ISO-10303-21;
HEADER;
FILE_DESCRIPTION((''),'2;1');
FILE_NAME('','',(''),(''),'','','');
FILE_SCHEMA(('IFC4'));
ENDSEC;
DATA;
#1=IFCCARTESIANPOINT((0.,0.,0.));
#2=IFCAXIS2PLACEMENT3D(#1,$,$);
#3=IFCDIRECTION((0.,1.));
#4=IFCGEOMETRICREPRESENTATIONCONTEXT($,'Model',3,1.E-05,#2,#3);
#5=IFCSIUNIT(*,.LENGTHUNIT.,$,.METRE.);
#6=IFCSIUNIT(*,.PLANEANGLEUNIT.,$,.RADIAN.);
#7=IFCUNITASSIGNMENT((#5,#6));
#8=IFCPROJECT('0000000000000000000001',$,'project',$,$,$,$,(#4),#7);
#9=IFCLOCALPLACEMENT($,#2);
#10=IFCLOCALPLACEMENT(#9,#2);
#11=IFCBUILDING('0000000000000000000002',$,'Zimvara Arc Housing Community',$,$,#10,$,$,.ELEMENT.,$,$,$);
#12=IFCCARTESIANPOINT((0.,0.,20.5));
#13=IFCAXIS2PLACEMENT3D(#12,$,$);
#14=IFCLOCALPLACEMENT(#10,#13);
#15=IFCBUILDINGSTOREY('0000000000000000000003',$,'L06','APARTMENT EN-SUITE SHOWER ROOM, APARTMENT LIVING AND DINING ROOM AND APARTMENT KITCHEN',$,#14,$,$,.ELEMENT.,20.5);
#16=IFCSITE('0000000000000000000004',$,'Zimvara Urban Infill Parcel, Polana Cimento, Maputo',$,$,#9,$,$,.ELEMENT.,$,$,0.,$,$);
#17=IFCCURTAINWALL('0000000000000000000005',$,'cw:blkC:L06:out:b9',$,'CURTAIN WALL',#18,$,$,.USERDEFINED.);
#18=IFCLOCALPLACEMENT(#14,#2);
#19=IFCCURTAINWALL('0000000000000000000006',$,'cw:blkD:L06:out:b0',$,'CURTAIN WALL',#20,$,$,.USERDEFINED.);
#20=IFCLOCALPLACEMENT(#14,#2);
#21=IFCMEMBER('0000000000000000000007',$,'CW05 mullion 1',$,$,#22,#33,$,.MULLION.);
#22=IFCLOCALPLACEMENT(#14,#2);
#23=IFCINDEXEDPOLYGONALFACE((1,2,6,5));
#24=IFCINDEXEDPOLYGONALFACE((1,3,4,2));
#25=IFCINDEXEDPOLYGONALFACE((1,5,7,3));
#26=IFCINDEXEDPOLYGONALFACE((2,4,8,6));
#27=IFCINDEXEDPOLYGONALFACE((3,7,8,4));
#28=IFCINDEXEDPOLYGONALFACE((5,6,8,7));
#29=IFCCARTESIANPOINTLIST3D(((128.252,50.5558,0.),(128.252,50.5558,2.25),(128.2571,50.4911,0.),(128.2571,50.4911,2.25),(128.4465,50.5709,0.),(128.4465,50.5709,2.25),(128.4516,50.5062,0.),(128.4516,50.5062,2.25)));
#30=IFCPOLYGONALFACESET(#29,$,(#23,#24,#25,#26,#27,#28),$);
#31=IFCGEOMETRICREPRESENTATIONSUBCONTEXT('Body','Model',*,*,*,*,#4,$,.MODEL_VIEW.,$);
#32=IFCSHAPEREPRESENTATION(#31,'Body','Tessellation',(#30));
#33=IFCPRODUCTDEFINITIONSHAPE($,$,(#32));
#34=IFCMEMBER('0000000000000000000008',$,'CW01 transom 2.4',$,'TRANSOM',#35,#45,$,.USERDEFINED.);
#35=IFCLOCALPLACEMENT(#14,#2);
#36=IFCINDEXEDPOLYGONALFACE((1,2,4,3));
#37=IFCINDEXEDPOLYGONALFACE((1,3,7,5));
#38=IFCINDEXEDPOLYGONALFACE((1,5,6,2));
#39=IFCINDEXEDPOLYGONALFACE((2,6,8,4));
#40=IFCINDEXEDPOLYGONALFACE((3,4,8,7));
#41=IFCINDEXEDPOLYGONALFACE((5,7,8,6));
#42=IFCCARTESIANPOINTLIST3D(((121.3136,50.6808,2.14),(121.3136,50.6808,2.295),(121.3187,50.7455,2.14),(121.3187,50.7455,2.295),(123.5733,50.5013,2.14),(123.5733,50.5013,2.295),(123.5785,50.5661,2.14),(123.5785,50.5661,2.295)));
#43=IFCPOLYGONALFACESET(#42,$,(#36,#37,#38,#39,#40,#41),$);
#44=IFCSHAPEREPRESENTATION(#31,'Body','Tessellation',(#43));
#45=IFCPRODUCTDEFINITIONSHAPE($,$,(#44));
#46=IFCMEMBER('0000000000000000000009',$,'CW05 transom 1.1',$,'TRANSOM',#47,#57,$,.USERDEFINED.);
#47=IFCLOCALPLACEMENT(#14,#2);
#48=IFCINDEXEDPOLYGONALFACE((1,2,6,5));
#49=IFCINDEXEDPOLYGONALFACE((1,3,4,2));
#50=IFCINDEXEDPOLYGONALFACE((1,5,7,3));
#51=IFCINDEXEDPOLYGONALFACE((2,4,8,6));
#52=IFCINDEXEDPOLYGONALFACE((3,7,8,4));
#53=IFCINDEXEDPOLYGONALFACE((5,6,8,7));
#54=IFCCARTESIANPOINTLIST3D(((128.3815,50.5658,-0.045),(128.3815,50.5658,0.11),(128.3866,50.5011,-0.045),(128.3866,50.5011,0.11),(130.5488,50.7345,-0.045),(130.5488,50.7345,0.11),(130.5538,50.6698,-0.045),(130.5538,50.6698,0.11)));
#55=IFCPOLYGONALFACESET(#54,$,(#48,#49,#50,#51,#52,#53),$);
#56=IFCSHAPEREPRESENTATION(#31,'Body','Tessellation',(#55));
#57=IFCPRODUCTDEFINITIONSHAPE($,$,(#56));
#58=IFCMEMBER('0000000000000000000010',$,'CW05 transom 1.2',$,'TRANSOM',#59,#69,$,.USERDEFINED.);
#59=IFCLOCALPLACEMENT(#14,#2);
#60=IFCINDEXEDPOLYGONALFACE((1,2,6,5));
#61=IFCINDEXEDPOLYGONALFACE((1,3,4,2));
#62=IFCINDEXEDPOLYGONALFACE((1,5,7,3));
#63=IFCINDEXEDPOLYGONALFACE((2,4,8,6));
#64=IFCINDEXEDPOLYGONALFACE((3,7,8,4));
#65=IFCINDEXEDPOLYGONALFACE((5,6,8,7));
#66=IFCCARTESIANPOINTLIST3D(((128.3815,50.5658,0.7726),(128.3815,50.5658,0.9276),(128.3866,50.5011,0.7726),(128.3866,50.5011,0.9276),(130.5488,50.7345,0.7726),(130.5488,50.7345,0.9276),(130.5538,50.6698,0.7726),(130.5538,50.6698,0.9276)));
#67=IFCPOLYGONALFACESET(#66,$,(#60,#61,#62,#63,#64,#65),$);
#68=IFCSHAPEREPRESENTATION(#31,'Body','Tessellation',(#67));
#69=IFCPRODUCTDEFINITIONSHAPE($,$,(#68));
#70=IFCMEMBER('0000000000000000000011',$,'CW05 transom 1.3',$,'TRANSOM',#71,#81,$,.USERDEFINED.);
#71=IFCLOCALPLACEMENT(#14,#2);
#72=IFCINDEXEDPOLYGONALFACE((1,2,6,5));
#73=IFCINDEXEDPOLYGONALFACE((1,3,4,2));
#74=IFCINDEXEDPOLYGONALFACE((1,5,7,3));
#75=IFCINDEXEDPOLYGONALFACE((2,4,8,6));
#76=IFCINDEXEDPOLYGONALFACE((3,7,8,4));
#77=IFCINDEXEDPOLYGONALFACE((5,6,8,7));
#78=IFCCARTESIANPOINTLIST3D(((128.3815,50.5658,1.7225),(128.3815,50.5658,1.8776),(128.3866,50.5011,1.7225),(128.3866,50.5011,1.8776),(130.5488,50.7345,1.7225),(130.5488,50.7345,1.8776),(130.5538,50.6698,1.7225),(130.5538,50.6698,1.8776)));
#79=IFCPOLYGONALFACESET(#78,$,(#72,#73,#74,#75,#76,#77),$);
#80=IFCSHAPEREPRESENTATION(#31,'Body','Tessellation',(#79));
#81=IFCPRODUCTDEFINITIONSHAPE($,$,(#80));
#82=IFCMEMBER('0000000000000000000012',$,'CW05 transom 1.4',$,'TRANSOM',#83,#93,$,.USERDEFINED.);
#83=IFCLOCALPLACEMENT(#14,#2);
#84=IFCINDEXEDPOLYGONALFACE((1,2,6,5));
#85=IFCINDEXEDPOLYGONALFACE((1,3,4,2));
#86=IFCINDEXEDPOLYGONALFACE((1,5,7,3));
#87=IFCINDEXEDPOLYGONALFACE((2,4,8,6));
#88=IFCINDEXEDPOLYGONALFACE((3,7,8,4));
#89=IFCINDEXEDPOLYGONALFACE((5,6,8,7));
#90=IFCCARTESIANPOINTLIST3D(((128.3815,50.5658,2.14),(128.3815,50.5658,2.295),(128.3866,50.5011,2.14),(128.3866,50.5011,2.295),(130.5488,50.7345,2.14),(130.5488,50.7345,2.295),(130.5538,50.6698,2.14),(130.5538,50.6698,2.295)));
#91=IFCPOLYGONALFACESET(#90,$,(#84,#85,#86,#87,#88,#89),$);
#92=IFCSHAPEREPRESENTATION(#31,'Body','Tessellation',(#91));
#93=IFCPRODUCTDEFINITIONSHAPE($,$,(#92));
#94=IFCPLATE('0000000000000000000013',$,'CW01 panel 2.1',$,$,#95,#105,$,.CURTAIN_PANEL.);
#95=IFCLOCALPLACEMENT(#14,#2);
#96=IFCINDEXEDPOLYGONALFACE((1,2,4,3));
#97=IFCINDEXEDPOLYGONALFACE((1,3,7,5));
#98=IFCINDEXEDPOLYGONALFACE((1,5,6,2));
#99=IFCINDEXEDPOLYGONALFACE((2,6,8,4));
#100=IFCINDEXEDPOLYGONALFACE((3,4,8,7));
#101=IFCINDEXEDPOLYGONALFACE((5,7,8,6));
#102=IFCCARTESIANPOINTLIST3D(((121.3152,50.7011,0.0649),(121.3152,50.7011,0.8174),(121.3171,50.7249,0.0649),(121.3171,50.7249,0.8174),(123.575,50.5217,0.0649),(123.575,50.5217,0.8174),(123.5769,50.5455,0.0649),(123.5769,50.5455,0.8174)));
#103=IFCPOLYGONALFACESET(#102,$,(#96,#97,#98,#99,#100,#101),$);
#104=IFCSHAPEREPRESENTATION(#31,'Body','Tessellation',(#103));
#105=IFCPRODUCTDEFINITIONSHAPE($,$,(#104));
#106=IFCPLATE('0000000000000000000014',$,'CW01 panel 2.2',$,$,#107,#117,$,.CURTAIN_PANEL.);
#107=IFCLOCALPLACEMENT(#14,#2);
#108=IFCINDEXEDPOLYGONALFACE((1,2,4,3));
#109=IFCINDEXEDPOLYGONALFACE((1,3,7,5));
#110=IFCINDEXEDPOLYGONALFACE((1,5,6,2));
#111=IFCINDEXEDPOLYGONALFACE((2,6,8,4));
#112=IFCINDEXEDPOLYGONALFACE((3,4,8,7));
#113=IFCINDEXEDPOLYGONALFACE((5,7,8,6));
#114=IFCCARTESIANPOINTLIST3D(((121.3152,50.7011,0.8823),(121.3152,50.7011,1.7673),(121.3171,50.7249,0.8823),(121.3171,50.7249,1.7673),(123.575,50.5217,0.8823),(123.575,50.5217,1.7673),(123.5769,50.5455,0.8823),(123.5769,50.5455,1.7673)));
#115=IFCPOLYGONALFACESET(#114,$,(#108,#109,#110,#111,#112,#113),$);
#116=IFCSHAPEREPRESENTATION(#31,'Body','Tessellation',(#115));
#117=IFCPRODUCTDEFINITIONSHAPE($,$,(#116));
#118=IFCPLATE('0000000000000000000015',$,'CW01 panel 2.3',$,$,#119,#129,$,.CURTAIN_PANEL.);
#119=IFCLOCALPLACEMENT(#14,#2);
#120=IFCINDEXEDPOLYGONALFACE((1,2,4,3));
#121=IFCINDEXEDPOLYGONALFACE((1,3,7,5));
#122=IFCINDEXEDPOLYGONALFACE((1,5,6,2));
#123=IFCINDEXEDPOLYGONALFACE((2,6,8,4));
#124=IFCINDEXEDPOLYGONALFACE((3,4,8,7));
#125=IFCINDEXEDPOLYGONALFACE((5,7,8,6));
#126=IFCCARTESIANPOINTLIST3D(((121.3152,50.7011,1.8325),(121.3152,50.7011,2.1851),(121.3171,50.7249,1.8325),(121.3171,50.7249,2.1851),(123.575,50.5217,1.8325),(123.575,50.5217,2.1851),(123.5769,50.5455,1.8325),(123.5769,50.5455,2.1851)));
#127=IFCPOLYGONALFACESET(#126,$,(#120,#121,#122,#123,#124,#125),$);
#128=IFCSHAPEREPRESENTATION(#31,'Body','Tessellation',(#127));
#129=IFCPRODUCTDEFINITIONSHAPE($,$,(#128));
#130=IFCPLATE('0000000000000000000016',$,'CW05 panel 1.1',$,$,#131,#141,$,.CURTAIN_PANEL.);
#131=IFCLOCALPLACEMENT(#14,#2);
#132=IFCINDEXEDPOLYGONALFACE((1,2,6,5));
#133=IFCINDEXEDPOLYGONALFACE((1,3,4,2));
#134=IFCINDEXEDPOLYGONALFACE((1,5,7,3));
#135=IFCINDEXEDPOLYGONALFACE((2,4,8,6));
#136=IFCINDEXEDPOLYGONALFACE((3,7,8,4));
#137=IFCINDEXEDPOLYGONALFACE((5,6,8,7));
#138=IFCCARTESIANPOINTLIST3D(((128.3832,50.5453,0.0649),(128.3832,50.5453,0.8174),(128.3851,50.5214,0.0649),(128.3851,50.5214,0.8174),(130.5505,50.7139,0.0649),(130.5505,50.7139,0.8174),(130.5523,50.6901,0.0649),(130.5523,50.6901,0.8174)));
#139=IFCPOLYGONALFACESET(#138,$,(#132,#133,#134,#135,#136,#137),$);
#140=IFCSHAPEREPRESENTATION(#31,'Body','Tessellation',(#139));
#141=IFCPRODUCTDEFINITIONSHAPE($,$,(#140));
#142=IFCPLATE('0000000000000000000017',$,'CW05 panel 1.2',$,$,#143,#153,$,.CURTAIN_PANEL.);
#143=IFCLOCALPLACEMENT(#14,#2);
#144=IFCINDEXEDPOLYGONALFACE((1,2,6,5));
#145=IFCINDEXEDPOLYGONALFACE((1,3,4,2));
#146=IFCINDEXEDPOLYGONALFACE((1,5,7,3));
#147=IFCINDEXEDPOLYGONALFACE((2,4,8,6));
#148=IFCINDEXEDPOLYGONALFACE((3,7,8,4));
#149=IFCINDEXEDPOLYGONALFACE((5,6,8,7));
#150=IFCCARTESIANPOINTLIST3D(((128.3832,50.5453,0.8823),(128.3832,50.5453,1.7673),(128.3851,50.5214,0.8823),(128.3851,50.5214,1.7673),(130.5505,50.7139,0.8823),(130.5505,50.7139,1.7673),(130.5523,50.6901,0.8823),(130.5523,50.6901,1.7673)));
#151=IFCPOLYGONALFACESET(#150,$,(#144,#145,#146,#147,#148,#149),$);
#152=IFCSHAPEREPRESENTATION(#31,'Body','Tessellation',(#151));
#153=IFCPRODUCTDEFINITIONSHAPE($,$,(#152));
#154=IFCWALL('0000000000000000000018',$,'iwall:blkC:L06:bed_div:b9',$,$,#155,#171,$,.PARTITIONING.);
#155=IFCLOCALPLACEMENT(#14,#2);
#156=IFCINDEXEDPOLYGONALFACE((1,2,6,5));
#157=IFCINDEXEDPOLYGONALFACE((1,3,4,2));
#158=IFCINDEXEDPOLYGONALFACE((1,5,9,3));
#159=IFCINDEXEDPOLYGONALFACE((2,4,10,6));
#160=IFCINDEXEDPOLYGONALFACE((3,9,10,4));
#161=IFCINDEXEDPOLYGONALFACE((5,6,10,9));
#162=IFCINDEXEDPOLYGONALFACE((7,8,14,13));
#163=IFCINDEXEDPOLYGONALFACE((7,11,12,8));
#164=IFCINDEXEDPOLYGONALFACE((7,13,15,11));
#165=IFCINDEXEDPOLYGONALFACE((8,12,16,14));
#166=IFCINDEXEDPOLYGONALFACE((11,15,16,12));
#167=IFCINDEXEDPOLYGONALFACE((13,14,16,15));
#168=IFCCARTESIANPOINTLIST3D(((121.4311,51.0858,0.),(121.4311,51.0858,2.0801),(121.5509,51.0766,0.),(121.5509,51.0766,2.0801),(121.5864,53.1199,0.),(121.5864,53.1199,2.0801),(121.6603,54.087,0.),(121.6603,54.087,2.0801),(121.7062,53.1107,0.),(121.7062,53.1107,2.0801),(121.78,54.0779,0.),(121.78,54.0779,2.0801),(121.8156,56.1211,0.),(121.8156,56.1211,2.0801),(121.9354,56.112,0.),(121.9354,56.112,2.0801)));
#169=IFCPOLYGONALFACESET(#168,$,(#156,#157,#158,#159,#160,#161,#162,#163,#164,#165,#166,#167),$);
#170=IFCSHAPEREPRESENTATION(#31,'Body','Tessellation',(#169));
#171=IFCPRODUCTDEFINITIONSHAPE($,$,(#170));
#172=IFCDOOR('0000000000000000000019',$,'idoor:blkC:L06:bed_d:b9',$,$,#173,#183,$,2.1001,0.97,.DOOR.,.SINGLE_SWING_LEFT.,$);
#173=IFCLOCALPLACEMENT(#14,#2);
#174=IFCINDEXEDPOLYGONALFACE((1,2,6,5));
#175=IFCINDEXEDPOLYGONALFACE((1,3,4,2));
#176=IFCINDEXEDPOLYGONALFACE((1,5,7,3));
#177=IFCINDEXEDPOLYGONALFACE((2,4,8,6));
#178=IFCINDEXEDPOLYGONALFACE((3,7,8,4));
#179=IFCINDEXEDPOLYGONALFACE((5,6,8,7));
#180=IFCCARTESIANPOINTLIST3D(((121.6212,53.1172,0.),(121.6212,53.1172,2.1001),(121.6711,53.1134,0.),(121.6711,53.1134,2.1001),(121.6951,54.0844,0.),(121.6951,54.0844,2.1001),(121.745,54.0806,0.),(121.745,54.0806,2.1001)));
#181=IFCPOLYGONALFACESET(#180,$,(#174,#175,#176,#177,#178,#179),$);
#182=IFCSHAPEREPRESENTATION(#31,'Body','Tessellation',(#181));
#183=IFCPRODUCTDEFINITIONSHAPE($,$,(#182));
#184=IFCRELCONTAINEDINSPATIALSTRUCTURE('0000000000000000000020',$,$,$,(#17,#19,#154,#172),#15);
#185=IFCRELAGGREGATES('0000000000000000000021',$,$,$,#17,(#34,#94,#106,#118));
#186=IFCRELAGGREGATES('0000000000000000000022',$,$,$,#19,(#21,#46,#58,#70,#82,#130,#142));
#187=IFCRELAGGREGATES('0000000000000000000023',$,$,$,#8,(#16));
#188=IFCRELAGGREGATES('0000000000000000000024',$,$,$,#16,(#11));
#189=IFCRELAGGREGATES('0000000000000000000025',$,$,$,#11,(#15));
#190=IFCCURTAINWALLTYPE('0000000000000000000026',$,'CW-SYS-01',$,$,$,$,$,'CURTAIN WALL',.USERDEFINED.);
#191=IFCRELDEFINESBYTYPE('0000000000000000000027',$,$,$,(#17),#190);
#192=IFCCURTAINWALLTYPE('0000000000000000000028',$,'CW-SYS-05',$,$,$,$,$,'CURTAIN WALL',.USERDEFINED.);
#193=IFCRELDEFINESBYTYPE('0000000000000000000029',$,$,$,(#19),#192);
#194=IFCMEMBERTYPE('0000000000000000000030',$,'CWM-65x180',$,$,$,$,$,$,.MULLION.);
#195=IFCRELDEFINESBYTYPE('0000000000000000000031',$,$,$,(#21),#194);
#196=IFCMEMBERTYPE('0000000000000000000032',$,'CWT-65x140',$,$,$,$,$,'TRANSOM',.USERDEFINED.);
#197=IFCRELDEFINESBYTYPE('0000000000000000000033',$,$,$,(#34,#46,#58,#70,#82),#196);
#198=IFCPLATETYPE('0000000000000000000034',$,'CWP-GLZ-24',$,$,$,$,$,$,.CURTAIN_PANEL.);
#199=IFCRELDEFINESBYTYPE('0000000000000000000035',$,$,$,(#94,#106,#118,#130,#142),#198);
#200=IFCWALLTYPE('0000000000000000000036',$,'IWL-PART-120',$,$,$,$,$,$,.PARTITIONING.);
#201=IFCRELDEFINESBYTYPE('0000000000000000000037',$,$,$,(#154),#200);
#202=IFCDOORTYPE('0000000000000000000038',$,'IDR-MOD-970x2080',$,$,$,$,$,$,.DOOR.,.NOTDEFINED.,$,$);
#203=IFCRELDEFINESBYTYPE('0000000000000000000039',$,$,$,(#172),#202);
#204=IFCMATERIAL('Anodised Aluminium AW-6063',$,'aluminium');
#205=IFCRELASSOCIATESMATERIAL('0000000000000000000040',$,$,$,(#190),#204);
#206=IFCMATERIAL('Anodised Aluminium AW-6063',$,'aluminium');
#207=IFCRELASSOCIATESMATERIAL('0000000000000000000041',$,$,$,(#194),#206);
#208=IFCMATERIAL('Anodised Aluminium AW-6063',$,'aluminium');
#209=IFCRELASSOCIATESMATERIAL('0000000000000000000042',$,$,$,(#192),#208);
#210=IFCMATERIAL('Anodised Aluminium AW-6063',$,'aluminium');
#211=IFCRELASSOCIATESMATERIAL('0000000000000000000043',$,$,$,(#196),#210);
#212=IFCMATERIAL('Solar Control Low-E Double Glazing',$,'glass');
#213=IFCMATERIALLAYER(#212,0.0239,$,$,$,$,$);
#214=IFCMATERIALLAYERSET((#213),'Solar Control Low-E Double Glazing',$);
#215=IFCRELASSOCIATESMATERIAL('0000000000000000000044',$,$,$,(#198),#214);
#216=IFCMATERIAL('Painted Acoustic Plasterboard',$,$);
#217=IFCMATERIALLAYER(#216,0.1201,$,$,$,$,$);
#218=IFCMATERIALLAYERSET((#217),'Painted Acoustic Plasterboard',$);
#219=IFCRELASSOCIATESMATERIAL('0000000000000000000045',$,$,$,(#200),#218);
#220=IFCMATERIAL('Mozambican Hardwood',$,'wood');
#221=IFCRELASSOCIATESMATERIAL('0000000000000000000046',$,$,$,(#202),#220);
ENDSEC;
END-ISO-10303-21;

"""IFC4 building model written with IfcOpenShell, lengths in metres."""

from ifc_helpers import new_model, si_unit, direction, frame, frame_2d, origin, origin_2d, place, context, subcontext, project, spatial, rectangle, extrude, material, layer, layer_set, material_profile, profile_set, type_object, element, fill, aggregate, save


model = new_model("IFC4")

# Units and contexts
model_context = context("Model", 3, precision=1e-05, world=origin(), true_north=direction((0.0, 1.0)))
body_context = subcontext(model_context, "Body", "Model", "MODEL_VIEW")
ifc_project = project(units=[si_unit("LENGTHUNIT", "METRE"), si_unit("PLANEANGLEUNIT", "RADIAN")], contexts=[model_context])

# Site, building, storey
site_placement = place(None, origin())
site = spatial("IfcSite", under=ifc_project, at=site_placement, Name="Zimvara Urban Infill Parcel, Polana Cimento, Maputo", CompositionType="ELEMENT", RefElevation=0.0)
building_placement = place(site_placement, origin())
building = spatial("IfcBuilding", under=site, at=building_placement, Name="Zimvara Arc Housing Community", CompositionType="ELEMENT")
storey_placement = place(building_placement, frame((0.0, 0.0, 20.5)))
storey = spatial("IfcBuildingStorey", under=building, at=storey_placement, Name="L06", Description="APARTMENT EN-SUITE SHOWER ROOM, APARTMENT LIVING AND DINING ROOM AND APARTMENT KITCHEN", CompositionType="ELEMENT", Elevation=20.5)

# Curtain walls, member
ifc_material_1 = material(Name="Anodised Aluminium AW-6063", Category="aluminium")
curtain_wall_type_1 = type_object("IfcCurtainWallType", Name="CW-SYS-01", ElementType="CURTAIN WALL", PredefinedType="USERDEFINED", material=ifc_material_1)
curtain_wall_1_placement = place(storey_placement, origin())
curtain_wall_1 = element("IfcCurtainWall", 1, at=curtain_wall_1_placement, inside=storey, type_object=curtain_wall_type_1, Name="cw:blkC:L06:out:b9", ObjectType="CURTAIN WALL", PredefinedType="USERDEFINED")
ifc_material_2 = material(Name="Anodised Aluminium AW-6063", Category="aluminium")
ifc_material_profile_1 = material_profile(ifc_material_2, rectangle(XDim=0.0649, YDim=0.1951, at=origin_2d()), Name="ALU 65x195")
ifc_profile_set_1 = profile_set([ifc_material_profile_1], Name="Anodised Aluminium AW-6063")
member_type_1 = type_object("IfcMemberType", Name="CWM-65x180", PredefinedType="MULLION", material=ifc_profile_set_1)
ifc_material_3 = material(Name="Anodised Aluminium AW-6063", Category="aluminium")
curtain_wall_type_2 = type_object("IfcCurtainWallType", Name="CW-SYS-05", ElementType="CURTAIN WALL", PredefinedType="USERDEFINED", material=ifc_material_3)
curtain_wall_2_placement = place(storey_placement, origin())
curtain_wall_2 = element("IfcCurtainWall", 2, at=curtain_wall_2_placement, inside=storey, type_object=curtain_wall_type_2, Name="cw:blkD:L06:out:b0", ObjectType="CURTAIN WALL", PredefinedType="USERDEFINED")
member_1_placement = place(storey_placement, frame((128.3518, 50.531, 0.0), z_axis=(0.0, 0.0, 1.0), x_axis=(-0.07759, 0.996985, 0.0)))
member_1 = element("IfcMember", 3, at=member_1_placement, type_object=member_type_1, Name="CW05 mullion 1", PredefinedType="MULLION", context=body_context, shape_type="SweptSolid", body=[
    extrude(rectangle(XDim=0.0649, YDim=0.1951, at=origin_2d()), origin(), (0.0, 0.0, 1.0), 2.25),
])

# Members
ifc_material_4 = material(Name="Anodised Aluminium AW-6063", Category="aluminium")
ifc_material_profile_2 = material_profile(ifc_material_4, rectangle(XDim=0.0649, YDim=0.155, at=origin_2d()), Name="ALU 65x155")
ifc_profile_set_2 = profile_set([ifc_material_profile_2], Name="Anodised Aluminium AW-6063")
member_type_2 = type_object("IfcMemberType", Name="CWT-65x140", ElementType="TRANSOM", PredefinedType="USERDEFINED", material=ifc_profile_set_2)
member_2_placement = place(storey_placement, frame((121.3162, 50.7131, 2.2175), z_axis=(0.996862, -0.079159, 0.0), x_axis=(0.079159, 0.996862, 0.0)))
member_2 = element("IfcMember", 4, at=member_2_placement, type_object=member_type_2, Name="CW01 transom 2.4", ObjectType="TRANSOM", PredefinedType="USERDEFINED", context=body_context, shape_type="SweptSolid", body=[
    extrude(rectangle(XDim=0.0649, YDim=0.155, at=origin_2d()), origin(), (0.0, 0.0, 1.0), 2.2668),
])
member_3_placement = place(storey_placement, frame((128.384, 50.5334, 0.0325), z_axis=(0.996984, 0.077607, 0.0), x_axis=(-0.077607, 0.996984, 0.0)))
member_3 = element("IfcMember", 5, at=member_3_placement, type_object=member_type_2, Name="CW05 transom 1.1", ObjectType="TRANSOM", PredefinedType="USERDEFINED", context=body_context, shape_type="SweptSolid", body=[
    extrude(rectangle(XDim=0.0649, YDim=0.155, at=origin_2d()), origin(), (0.0, 0.0, 1.0), 2.1738),
])
member_4_placement = place(storey_placement, frame((128.384, 50.5334, 0.8501), z_axis=(0.996984, 0.077607, 0.0), x_axis=(-0.077607, 0.996984, 0.0)))
member_4 = element("IfcMember", 6, at=member_4_placement, type_object=member_type_2, Name="CW05 transom 1.2", ObjectType="TRANSOM", PredefinedType="USERDEFINED", context=body_context, shape_type="SweptSolid", body=[
    extrude(rectangle(XDim=0.0649, YDim=0.155, at=origin_2d()), origin(), (0.0, 0.0, 1.0), 2.1738),
])
member_5_placement = place(storey_placement, frame((128.384, 50.5334, 1.8), z_axis=(0.996984, 0.077607, 0.0), x_axis=(-0.077607, 0.996984, 0.0)))
member_5 = element("IfcMember", 7, at=member_5_placement, type_object=member_type_2, Name="CW05 transom 1.3", ObjectType="TRANSOM", PredefinedType="USERDEFINED", context=body_context, shape_type="SweptSolid", body=[
    extrude(rectangle(XDim=0.0649, YDim=0.155, at=origin_2d()), origin(), (0.0, 0.0, 1.0), 2.1738),
])
member_6_placement = place(storey_placement, frame((128.384, 50.5334, 2.2175), z_axis=(0.996984, 0.077607, 0.0), x_axis=(-0.077607, 0.996984, 0.0)))
member_6 = element("IfcMember", 8, at=member_6_placement, type_object=member_type_2, Name="CW05 transom 1.4", ObjectType="TRANSOM", PredefinedType="USERDEFINED", context=body_context, shape_type="SweptSolid", body=[
    extrude(rectangle(XDim=0.0649, YDim=0.155, at=origin_2d()), origin(), (0.0, 0.0, 1.0), 2.1738),
])

# Plates
ifc_material_5 = material(Name="Solar Control Low-E Double Glazing", Category="glass")
ifc_layer_1 = layer(ifc_material_5, 0.0239)
ifc_layer_set_1 = layer_set([ifc_layer_1], Name="Solar Control Low-E Double Glazing")
plate_type = type_object("IfcPlateType", Name="CWP-GLZ-24", PredefinedType="CURTAIN_PANEL", material=ifc_layer_set_1)
plate_1_placement = place(storey_placement, frame((122.446, 50.6233, 0.0649), z_axis=(0.0, 0.0, 1.0), x_axis=(0.996862, -0.079154, 0.0)))
plate_1 = element("IfcPlate", 9, at=plate_1_placement, type_object=plate_type, Name="CW01 panel 2.1", PredefinedType="CURTAIN_PANEL", context=body_context, shape_type="SweptSolid", body=[
    extrude(rectangle(XDim=2.2668, YDim=0.0239, at=origin_2d()), origin(), (0.0, 0.0, 1.0), 0.7524),
])
plate_2_placement = place(storey_placement, frame((122.446, 50.6233, 0.8823), z_axis=(0.0, 0.0, 1.0), x_axis=(0.996862, -0.079154, 0.0)))
plate_2 = element("IfcPlate", 10, at=plate_2_placement, type_object=plate_type, Name="CW01 panel 2.2", PredefinedType="CURTAIN_PANEL", context=body_context, shape_type="SweptSolid", body=[
    extrude(rectangle(XDim=2.2668, YDim=0.0239, at=origin_2d()), origin(), (0.0, 0.0, 1.0), 0.885),
])
plate_3_placement = place(storey_placement, frame((122.446, 50.6233, 1.8325), z_axis=(0.0, 0.0, 1.0), x_axis=(0.996862, -0.079154, 0.0)))
plate_3 = element("IfcPlate", 11, at=plate_3_placement, type_object=plate_type, Name="CW01 panel 2.3", PredefinedType="CURTAIN_PANEL", context=body_context, shape_type="SweptSolid", body=[
    extrude(rectangle(XDim=2.2668, YDim=0.0239, at=origin_2d()), origin(), (0.0, 0.0, 1.0), 0.3525),
])
aggregate(curtain_wall_1, [member_2, plate_1, plate_2, plate_3])
plate_4_placement = place(storey_placement, frame((129.4678, 50.6177, 0.0649), z_axis=(0.0, 0.0, 1.0), x_axis=(0.996985, 0.07759, 0.0)))
plate_4 = element("IfcPlate", 12, at=plate_4_placement, type_object=plate_type, Name="CW05 panel 1.1", PredefinedType="CURTAIN_PANEL", context=body_context, shape_type="SweptSolid", body=[
    extrude(rectangle(XDim=2.1738, YDim=0.0239, at=origin_2d()), origin(), (0.0, 0.0, 1.0), 0.7524),
])
plate_5_placement = place(storey_placement, frame((129.4678, 50.6177, 0.8823), z_axis=(0.0, 0.0, 1.0), x_axis=(0.996985, 0.07759, 0.0)))
plate_5 = element("IfcPlate", 13, at=plate_5_placement, type_object=plate_type, Name="CW05 panel 1.2", PredefinedType="CURTAIN_PANEL", context=body_context, shape_type="SweptSolid", body=[
    extrude(rectangle(XDim=2.1738, YDim=0.0239, at=origin_2d()), origin(), (0.0, 0.0, 1.0), 0.885),
])
aggregate(curtain_wall_2, [member_1, member_3, member_4, member_5, member_6, plate_4, plate_5])

# Wall, opening, door
ifc_material_6 = material(Name="Painted Acoustic Plasterboard")
ifc_layer_2 = layer(ifc_material_6, 0.1201)
ifc_layer_set_2 = layer_set([ifc_layer_2], Name="Painted Acoustic Plasterboard")
wall_type_1 = type_object("IfcWallType", Name="IWL-PART-120", PredefinedType="PARTITIONING", material=ifc_layer_set_2)
wall_1_placement = place(storey_placement, frame((121.8755, 56.1165, 0.0), z_axis=(0.0, 0.0, 1.0), x_axis=(-0.076142, -0.997097, 0.0)))
wall_1 = element("IfcWall", 14, at=wall_1_placement, inside=storey, type_object=wall_type_1, Name="iwall:blkC:L06:bed_div:b9", PredefinedType="PARTITIONING", context=body_context, shape_type="SweptSolid", body=[
    extrude(rectangle(XDim=5.05, YDim=0.1201, at=frame_2d((2.5249, 0.0))), origin(), (0.0, 0.0, 1.0), 2.0801),
])
opening_1_placement = place(wall_1_placement, frame((2.04, 0.0, 0.0)))
opening_1 = element("IfcOpeningElement", 15, at=opening_1_placement, cuts=wall_1, PredefinedType="OPENING", context=body_context, shape_type="SweptSolid", body=[
    extrude(rectangle(XDim=0.97, YDim=2.1001, at=frame_2d((0.4849, 1.05))), frame((0.0, 0.0701, 0.0), z_axis=(0.0, -1.0, 0.0), x_axis=(1.0, 0.0, 0.0)), (0.0, 0.0, 1.0), 0.1401),
])
ifc_material_7 = material(Name="Mozambican Hardwood", Category="wood")
door_type_1 = type_object("IfcDoorType", Name="IDR-MOD-970x2080", OperationType="NOTDEFINED", PredefinedType="DOOR", material=ifc_material_7)
door_1_placement = place(opening_1_placement, origin())
door_1 = element("IfcDoor", 16, at=door_1_placement, inside=storey, type_object=door_type_1, Name="idoor:blkC:L06:bed_d:b9", OperationType="SINGLE_SWING_LEFT", OverallHeight=2.1001, OverallWidth=0.97, PredefinedType="DOOR", context=body_context, shape_type="SweptSolid", body=[
    extrude(rectangle(XDim=0.97, YDim=2.1001, at=frame_2d((0.4849, 1.05))), frame((0.0, 0.0249, 0.0), z_axis=(0.0, -1.0, 0.0), x_axis=(1.0, 0.0, 0.0)), (0.0, 0.0, 1.0), 0.05),
])
fill(opening_1, door_1)

save(model, "model.ifc")
